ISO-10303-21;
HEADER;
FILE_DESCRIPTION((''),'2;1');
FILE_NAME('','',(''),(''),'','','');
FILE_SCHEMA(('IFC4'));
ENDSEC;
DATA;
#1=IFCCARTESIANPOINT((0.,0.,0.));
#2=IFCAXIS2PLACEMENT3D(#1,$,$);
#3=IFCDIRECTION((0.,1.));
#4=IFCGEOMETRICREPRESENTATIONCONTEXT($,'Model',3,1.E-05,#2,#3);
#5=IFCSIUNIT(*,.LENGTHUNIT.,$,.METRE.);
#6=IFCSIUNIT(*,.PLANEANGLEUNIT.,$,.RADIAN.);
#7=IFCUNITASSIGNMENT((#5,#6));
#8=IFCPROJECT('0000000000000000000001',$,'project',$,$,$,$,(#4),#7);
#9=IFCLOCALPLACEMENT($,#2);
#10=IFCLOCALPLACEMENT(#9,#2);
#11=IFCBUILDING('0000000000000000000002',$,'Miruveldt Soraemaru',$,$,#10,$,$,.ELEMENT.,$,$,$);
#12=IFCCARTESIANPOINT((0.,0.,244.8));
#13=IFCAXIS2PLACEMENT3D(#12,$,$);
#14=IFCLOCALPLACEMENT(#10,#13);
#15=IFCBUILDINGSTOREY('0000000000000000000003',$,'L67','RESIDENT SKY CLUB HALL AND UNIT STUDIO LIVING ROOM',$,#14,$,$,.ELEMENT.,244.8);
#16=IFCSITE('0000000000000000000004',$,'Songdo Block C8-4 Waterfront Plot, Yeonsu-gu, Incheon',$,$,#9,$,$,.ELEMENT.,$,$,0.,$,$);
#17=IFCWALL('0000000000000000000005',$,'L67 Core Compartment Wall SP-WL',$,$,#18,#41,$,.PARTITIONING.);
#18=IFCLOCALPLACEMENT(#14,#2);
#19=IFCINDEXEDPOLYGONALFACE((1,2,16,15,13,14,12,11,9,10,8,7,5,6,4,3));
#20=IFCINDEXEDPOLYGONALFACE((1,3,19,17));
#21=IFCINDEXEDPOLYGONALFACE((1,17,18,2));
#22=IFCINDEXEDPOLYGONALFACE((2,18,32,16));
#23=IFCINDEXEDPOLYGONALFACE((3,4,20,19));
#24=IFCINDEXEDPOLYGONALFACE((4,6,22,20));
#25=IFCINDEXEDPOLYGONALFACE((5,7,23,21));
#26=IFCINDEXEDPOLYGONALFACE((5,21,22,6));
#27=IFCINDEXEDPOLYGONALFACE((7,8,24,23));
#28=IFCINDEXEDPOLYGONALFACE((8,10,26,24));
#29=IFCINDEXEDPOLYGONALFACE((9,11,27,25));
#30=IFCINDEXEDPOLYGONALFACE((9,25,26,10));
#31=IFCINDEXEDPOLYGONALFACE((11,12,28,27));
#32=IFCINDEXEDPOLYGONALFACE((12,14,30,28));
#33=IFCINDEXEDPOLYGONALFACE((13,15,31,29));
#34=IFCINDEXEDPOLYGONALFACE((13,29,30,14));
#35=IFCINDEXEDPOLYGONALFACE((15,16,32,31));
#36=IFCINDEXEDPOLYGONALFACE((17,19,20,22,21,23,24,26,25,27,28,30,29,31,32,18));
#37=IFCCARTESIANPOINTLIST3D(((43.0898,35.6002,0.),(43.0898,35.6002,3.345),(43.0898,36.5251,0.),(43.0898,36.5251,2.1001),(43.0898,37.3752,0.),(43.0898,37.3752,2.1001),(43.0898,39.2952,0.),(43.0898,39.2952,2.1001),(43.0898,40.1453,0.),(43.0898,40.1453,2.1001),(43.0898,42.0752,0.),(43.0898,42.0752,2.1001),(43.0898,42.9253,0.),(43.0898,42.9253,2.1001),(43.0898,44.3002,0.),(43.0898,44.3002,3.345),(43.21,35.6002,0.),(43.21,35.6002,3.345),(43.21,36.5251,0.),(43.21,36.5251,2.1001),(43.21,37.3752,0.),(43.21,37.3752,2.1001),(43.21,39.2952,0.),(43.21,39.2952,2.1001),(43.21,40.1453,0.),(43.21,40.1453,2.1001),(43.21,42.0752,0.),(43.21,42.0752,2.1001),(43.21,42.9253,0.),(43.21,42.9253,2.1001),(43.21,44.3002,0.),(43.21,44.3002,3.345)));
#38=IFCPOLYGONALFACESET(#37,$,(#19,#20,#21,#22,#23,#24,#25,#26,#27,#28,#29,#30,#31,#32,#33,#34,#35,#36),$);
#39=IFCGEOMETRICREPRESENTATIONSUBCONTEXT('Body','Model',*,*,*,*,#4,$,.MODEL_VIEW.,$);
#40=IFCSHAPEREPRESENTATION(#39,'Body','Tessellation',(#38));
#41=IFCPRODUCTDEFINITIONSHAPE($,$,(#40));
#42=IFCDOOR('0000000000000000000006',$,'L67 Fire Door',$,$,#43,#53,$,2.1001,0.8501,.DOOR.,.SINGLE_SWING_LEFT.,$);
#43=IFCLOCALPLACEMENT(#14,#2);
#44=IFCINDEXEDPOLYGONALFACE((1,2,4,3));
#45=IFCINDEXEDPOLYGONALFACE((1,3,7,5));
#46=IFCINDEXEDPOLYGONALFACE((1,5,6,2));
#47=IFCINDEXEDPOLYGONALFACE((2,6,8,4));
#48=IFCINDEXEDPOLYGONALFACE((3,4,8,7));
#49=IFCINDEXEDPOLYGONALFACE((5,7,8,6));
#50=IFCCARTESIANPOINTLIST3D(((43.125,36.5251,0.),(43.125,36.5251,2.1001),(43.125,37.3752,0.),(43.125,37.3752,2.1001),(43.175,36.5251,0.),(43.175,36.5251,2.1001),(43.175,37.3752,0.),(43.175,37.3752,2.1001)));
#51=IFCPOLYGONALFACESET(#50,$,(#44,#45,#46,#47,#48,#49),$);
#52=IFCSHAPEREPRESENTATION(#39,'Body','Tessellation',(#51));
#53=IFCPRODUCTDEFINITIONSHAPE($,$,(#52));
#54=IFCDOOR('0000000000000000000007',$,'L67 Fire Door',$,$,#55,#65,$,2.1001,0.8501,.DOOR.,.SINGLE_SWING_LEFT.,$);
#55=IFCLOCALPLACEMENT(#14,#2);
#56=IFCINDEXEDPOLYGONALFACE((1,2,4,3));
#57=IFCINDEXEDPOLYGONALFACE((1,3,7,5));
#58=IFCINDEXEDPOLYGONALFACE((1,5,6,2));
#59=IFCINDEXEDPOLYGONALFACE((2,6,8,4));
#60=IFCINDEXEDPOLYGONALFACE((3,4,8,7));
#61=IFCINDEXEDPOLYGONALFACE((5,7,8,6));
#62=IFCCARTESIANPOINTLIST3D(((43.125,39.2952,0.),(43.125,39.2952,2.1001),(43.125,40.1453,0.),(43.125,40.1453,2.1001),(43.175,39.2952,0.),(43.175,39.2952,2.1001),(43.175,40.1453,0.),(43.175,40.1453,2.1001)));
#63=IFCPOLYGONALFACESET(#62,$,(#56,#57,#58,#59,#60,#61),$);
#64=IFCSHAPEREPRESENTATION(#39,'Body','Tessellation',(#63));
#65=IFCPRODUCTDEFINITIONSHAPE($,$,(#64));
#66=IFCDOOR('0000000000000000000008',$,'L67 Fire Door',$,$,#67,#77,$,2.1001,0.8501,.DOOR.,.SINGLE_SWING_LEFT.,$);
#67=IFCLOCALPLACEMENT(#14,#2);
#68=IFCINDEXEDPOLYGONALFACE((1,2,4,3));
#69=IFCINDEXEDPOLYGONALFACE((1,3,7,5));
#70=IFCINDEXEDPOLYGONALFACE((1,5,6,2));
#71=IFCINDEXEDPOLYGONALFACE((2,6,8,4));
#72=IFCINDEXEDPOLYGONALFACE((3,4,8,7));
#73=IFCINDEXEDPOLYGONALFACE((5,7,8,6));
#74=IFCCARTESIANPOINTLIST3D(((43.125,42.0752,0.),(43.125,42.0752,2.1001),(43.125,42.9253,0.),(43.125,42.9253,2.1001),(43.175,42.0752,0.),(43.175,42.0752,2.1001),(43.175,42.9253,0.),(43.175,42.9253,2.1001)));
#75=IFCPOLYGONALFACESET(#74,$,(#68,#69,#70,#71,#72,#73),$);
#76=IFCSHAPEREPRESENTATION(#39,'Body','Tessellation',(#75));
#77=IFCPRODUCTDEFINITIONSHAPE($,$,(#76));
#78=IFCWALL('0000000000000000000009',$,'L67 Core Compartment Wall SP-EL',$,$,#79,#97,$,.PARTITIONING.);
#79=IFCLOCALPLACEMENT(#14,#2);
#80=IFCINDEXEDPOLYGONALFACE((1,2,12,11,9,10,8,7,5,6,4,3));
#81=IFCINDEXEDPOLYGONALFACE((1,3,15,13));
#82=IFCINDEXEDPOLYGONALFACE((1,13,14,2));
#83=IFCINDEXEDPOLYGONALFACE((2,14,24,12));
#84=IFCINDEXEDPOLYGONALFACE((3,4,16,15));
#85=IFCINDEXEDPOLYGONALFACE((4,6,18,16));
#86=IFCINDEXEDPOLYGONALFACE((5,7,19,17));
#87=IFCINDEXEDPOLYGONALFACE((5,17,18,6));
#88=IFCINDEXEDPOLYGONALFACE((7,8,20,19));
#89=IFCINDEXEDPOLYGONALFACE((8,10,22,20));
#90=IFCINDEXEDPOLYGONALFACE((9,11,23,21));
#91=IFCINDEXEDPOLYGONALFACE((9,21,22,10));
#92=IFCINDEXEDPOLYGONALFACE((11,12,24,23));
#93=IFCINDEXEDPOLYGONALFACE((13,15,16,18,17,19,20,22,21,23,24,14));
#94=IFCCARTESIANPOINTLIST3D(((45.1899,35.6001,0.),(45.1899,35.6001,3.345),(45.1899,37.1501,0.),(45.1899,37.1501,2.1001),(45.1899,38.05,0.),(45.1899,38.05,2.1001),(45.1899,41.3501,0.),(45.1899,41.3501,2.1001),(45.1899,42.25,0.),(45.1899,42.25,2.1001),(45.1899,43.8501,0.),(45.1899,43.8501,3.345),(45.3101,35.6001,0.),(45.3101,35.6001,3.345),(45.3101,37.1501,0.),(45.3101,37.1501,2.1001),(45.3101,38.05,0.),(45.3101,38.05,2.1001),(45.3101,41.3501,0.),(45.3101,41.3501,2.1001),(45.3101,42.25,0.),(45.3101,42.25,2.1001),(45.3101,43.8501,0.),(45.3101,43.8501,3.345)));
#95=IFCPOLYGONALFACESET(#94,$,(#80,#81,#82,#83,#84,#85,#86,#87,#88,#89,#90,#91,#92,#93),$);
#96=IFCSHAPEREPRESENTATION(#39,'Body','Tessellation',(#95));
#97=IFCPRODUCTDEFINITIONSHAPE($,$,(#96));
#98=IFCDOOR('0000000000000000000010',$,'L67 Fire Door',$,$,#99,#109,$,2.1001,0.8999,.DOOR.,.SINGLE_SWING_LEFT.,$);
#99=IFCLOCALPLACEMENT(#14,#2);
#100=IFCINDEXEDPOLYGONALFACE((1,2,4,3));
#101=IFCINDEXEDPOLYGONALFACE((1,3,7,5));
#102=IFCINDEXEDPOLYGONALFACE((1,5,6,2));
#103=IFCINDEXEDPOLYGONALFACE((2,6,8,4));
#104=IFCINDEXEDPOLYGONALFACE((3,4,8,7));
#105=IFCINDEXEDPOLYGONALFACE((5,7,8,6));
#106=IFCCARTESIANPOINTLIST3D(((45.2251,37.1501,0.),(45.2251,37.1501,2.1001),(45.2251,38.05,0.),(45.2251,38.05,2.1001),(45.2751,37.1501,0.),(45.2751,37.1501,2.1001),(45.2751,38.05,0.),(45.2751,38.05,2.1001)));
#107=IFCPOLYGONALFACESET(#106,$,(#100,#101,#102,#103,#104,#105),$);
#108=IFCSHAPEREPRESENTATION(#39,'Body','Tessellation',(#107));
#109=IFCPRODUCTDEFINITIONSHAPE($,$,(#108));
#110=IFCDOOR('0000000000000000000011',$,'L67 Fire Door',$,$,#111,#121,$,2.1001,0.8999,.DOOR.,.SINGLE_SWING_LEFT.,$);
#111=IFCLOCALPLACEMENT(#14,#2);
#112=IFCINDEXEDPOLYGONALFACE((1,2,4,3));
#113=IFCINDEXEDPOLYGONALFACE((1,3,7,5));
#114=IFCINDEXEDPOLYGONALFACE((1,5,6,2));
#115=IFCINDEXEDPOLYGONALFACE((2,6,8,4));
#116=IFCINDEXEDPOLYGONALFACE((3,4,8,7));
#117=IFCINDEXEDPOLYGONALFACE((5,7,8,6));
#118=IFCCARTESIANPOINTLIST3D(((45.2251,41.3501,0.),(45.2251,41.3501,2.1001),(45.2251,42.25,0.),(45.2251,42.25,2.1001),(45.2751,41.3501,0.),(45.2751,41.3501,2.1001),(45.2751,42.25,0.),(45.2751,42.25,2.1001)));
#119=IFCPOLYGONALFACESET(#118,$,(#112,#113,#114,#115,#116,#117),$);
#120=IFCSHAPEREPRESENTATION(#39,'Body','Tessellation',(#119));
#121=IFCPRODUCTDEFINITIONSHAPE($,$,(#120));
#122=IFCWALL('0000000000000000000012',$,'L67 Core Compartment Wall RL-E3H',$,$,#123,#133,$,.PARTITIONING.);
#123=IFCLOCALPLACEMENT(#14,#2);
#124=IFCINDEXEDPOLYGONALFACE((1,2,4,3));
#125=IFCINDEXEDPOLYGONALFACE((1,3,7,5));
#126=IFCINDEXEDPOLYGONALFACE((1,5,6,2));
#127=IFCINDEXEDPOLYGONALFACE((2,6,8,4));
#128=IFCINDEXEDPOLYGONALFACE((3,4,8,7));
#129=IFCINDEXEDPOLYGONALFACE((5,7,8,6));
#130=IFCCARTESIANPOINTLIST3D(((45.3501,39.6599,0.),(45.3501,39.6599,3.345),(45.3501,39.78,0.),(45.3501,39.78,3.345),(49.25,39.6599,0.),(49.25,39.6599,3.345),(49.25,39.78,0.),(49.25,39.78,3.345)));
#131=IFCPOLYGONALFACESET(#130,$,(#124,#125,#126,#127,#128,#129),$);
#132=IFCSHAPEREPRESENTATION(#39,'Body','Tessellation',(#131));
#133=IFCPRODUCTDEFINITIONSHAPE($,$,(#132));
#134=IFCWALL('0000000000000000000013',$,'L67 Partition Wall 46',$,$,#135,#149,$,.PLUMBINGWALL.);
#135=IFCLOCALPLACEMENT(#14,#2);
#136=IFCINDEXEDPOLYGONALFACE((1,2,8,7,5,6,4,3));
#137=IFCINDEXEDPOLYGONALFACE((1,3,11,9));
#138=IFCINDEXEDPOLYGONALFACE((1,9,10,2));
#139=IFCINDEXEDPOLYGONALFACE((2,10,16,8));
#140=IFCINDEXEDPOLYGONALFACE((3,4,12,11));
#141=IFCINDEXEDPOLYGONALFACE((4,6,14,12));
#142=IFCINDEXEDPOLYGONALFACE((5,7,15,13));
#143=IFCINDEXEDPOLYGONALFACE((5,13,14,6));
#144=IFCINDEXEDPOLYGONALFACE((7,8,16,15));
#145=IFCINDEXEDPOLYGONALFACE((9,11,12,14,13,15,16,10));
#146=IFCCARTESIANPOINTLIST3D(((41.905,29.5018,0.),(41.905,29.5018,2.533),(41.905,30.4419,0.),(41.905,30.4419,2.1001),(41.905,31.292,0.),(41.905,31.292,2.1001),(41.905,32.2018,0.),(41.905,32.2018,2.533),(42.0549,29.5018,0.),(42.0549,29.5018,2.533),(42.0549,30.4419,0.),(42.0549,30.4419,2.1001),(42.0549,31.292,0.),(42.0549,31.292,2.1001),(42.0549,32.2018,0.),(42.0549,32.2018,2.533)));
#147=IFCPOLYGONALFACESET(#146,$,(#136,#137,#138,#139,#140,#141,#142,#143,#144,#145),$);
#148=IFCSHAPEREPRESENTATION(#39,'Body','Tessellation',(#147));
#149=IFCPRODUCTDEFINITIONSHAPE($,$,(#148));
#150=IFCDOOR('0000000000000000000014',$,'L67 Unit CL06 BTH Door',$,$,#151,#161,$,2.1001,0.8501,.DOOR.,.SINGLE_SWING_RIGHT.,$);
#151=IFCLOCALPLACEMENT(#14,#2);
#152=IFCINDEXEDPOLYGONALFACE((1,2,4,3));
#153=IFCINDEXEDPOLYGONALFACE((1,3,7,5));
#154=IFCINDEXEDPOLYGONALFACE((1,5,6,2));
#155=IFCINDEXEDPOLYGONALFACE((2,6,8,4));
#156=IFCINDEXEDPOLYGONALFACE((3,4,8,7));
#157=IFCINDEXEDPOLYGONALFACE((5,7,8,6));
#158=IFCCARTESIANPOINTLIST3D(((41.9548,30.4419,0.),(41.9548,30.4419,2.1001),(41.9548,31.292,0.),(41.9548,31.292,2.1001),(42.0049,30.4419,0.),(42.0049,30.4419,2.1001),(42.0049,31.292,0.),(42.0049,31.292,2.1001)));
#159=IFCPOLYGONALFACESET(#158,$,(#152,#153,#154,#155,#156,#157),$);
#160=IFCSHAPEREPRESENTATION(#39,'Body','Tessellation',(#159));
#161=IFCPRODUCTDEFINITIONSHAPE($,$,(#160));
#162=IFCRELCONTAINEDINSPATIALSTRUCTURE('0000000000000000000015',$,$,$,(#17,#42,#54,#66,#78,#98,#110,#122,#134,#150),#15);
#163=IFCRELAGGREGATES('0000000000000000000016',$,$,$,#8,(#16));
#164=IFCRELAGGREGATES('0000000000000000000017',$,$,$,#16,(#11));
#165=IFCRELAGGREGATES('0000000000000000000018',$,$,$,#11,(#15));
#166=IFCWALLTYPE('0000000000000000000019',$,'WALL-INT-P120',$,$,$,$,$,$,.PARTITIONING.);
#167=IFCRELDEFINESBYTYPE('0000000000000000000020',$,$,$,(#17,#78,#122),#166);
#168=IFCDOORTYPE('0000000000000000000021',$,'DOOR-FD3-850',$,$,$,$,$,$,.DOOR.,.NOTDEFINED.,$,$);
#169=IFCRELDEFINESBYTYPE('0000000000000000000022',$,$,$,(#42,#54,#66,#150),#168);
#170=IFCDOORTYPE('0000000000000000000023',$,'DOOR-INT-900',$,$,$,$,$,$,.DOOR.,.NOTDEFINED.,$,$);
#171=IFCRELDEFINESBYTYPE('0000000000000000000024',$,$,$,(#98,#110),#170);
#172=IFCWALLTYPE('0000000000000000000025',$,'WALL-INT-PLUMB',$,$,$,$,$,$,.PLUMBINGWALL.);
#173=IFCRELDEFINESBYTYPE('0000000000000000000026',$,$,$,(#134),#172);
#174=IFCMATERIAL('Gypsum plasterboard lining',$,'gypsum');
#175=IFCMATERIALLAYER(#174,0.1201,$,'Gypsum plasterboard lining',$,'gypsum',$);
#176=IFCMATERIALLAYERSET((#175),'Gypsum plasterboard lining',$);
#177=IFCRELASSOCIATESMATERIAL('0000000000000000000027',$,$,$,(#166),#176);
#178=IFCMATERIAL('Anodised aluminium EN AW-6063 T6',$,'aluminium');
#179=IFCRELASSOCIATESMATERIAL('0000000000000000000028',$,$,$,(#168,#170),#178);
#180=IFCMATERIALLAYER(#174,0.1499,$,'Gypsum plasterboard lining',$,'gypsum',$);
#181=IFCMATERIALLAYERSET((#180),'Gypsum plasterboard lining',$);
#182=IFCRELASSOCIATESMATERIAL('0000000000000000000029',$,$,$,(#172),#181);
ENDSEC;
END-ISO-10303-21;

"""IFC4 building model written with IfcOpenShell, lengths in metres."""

from ifc_helpers import new_model, si_unit, direction, frame, frame_2d, origin, place, context, subcontext, project, spatial, rectangle, extrude, material, layer, layer_set, type_object, element, fill, save


model = new_model("IFC4")

# Units and contexts
model_context = context("Model", 3, precision=1e-05, world=origin(), true_north=direction((0.0, 1.0)))
body_context = subcontext(model_context, "Body", "Model", "MODEL_VIEW")
ifc_project = project(units=[si_unit("LENGTHUNIT", "METRE"), si_unit("PLANEANGLEUNIT", "RADIAN")], contexts=[model_context])

# Site, building, storey
site_placement = place(None, origin())
site = spatial("IfcSite", under=ifc_project, at=site_placement, Name="Songdo Block C8-4 Waterfront Plot, Yeonsu-gu, Incheon", CompositionType="ELEMENT", RefElevation=0.0)
building_placement = place(site_placement, origin())
building = spatial("IfcBuilding", under=site, at=building_placement, Name="Miruveldt Soraemaru", CompositionType="ELEMENT")
storey_placement = place(building_placement, frame((0.0, 0.0, 244.8)))
storey = spatial("IfcBuildingStorey", under=building, at=storey_placement, Name="L67", Description="RESIDENT SKY CLUB HALL AND UNIT STUDIO LIVING ROOM", CompositionType="ELEMENT", Elevation=244.8)

# Walls, openings, doors
ifc_material_1 = material(Name="Gypsum plasterboard lining", Category="gypsum")
ifc_layer_1 = layer(ifc_material_1, 0.1201, Name="Gypsum plasterboard lining", Category="gypsum")
ifc_layer_set_1 = layer_set([ifc_layer_1], Name="Gypsum plasterboard lining")
wall_type_1 = type_object("IfcWallType", Name="WALL-INT-P120", PredefinedType="PARTITIONING", material=ifc_layer_set_1)
wall_1_placement = place(storey_placement, frame((43.1499, 35.6001, 0.0), z_axis=(0.0, 0.0, 1.0), x_axis=(0.0, 1.0, 0.0)))
wall_1 = element("IfcWall", 1, at=wall_1_placement, inside=storey, type_object=wall_type_1, Name="L67 Core Compartment Wall SP-WL", PredefinedType="PARTITIONING", context=body_context, shape_type="SweptSolid", body=[
    extrude(rectangle(XDim=8.7, YDim=0.1201, at=frame_2d((4.3501, 0.0))), origin(), (0.0, 0.0, 1.0), 3.345),
])
opening_1_placement = place(wall_1_placement, frame((0.925, 0.0, 0.0)))
opening_1 = element("IfcOpeningElement", 2, at=opening_1_placement, cuts=wall_1, PredefinedType="OPENING", context=body_context, shape_type="SweptSolid", body=[
    extrude(rectangle(XDim=0.8501, YDim=2.1001, at=frame_2d((0.425, 1.05))), frame((0.0, 0.0701, 0.0), z_axis=(0.0, -1.0, 0.0), x_axis=(1.0, 0.0, 0.0)), (0.0, 0.0, 1.0), 0.1401),
])
opening_2_placement = place(wall_1_placement, frame((3.6951, 0.0, 0.0)))
opening_2 = element("IfcOpeningElement", 3, at=opening_2_placement, cuts=wall_1, PredefinedType="OPENING", context=body_context, shape_type="SweptSolid", body=[
    extrude(rectangle(XDim=0.8501, YDim=2.1001, at=frame_2d((0.425, 1.05))), frame((0.0, 0.0701, 0.0), z_axis=(0.0, -1.0, 0.0), x_axis=(1.0, 0.0, 0.0)), (0.0, 0.0, 1.0), 0.1401),
])
opening_3_placement = place(wall_1_placement, frame((6.4751, 0.0, 0.0)))
opening_3 = element("IfcOpeningElement", 4, at=opening_3_placement, cuts=wall_1, PredefinedType="OPENING", context=body_context, shape_type="SweptSolid", body=[
    extrude(rectangle(XDim=0.8501, YDim=2.1001, at=frame_2d((0.425, 1.05))), frame((0.0, 0.0701, 0.0), z_axis=(0.0, -1.0, 0.0), x_axis=(1.0, 0.0, 0.0)), (0.0, 0.0, 1.0), 0.1401),
])
ifc_material_2 = material(Name="Anodised aluminium EN AW-6063 T6", Category="aluminium")
door_type_1 = type_object("IfcDoorType", Name="DOOR-FD3-850", OperationType="NOTDEFINED", PredefinedType="DOOR", material=ifc_material_2)
door_1_placement = place(opening_1_placement, origin())
door_1 = element("IfcDoor", 5, at=door_1_placement, inside=storey, type_object=door_type_1, Name="L67 Fire Door", OperationType="SINGLE_SWING_LEFT", OverallHeight=2.1001, OverallWidth=0.8501, PredefinedType="DOOR", context=body_context, shape_type="SweptSolid", body=[
    extrude(rectangle(XDim=0.8501, YDim=2.1001, at=frame_2d((0.425, 1.05))), frame((0.0, 0.0249, 0.0), z_axis=(0.0, -1.0, 0.0), x_axis=(1.0, 0.0, 0.0)), (0.0, 0.0, 1.0), 0.05),
])
fill(opening_1, door_1)
door_2_placement = place(opening_2_placement, origin())
door_2 = element("IfcDoor", 6, at=door_2_placement, inside=storey, type_object=door_type_1, Name="L67 Fire Door", OperationType="SINGLE_SWING_LEFT", OverallHeight=2.1001, OverallWidth=0.8501, PredefinedType="DOOR", context=body_context, shape_type="SweptSolid", body=[
    extrude(rectangle(XDim=0.8501, YDim=2.1001, at=frame_2d((0.425, 1.05))), frame((0.0, 0.0249, 0.0), z_axis=(0.0, -1.0, 0.0), x_axis=(1.0, 0.0, 0.0)), (0.0, 0.0, 1.0), 0.05),
])
fill(opening_2, door_2)
door_3_placement = place(opening_3_placement, origin())
door_3 = element("IfcDoor", 7, at=door_3_placement, inside=storey, type_object=door_type_1, Name="L67 Fire Door", OperationType="SINGLE_SWING_LEFT", OverallHeight=2.1001, OverallWidth=0.8501, PredefinedType="DOOR", context=body_context, shape_type="SweptSolid", body=[
    extrude(rectangle(XDim=0.8501, YDim=2.1001, at=frame_2d((0.425, 1.05))), frame((0.0, 0.0249, 0.0), z_axis=(0.0, -1.0, 0.0), x_axis=(1.0, 0.0, 0.0)), (0.0, 0.0, 1.0), 0.05),
])
fill(opening_3, door_3)
wall_2_placement = place(storey_placement, frame((45.25, 35.6001, 0.0), z_axis=(0.0, 0.0, 1.0), x_axis=(0.0, 1.0, 0.0)))
wall_2 = element("IfcWall", 8, at=wall_2_placement, inside=storey, type_object=wall_type_1, Name="L67 Core Compartment Wall SP-EL", PredefinedType="PARTITIONING", context=body_context, shape_type="SweptSolid", body=[
    extrude(rectangle(XDim=8.25, YDim=0.1201, at=frame_2d((4.125, 0.0))), origin(), (0.0, 0.0, 1.0), 3.345),
])
opening_4_placement = place(wall_2_placement, frame((1.55, 0.0, 0.0)))
opening_4 = element("IfcOpeningElement", 9, at=opening_4_placement, cuts=wall_2, PredefinedType="OPENING", context=body_context, shape_type="SweptSolid", body=[
    extrude(rectangle(XDim=0.8999, YDim=2.1001, at=frame_2d((0.45, 1.05))), frame((0.0, 0.0701, 0.0), z_axis=(0.0, -1.0, 0.0), x_axis=(1.0, 0.0, 0.0)), (0.0, 0.0, 1.0), 0.1401),
])
opening_5_placement = place(wall_2_placement, frame((5.75, 0.0, 0.0)))
opening_5 = element("IfcOpeningElement", 10, at=opening_5_placement, cuts=wall_2, PredefinedType="OPENING", context=body_context, shape_type="SweptSolid", body=[
    extrude(rectangle(XDim=0.8999, YDim=2.1001, at=frame_2d((0.45, 1.05))), frame((0.0, 0.0701, 0.0), z_axis=(0.0, -1.0, 0.0), x_axis=(1.0, 0.0, 0.0)), (0.0, 0.0, 1.0), 0.1401),
])
door_type_2 = type_object("IfcDoorType", Name="DOOR-INT-900", OperationType="NOTDEFINED", PredefinedType="DOOR", material=ifc_material_2)
door_4_placement = place(opening_4_placement, origin())
door_4 = element("IfcDoor", 11, at=door_4_placement, inside=storey, type_object=door_type_2, Name="L67 Fire Door", OperationType="SINGLE_SWING_LEFT", OverallHeight=2.1001, OverallWidth=0.8999, PredefinedType="DOOR", context=body_context, shape_type="SweptSolid", body=[
    extrude(rectangle(XDim=0.8999, YDim=2.1001, at=frame_2d((0.45, 1.05))), frame((0.0, 0.0249, 0.0), z_axis=(0.0, -1.0, 0.0), x_axis=(1.0, 0.0, 0.0)), (0.0, 0.0, 1.0), 0.05),
])
fill(opening_4, door_4)
door_5_placement = place(opening_5_placement, origin())
door_5 = element("IfcDoor", 12, at=door_5_placement, inside=storey, type_object=door_type_2, Name="L67 Fire Door", OperationType="SINGLE_SWING_LEFT", OverallHeight=2.1001, OverallWidth=0.8999, PredefinedType="DOOR", context=body_context, shape_type="SweptSolid", body=[
    extrude(rectangle(XDim=0.8999, YDim=2.1001, at=frame_2d((0.45, 1.05))), frame((0.0, 0.0249, 0.0), z_axis=(0.0, -1.0, 0.0), x_axis=(1.0, 0.0, 0.0)), (0.0, 0.0, 1.0), 0.05),
])
fill(opening_5, door_5)

# Wall
wall_3_placement = place(storey_placement, frame((45.3501, 39.72, 0.0), z_axis=(0.0, 0.0, 1.0), x_axis=(1.0, 0.0, 0.0)))
element("IfcWall", 13, at=wall_3_placement, inside=storey, type_object=wall_type_1, Name="L67 Core Compartment Wall RL-E3H", PredefinedType="PARTITIONING", context=body_context, shape_type="SweptSolid", body=[
    extrude(rectangle(XDim=3.8999, YDim=0.1201, at=frame_2d((1.95, 0.0))), origin(), (0.0, 0.0, 1.0), 3.345),
])

# Wall, opening, door
ifc_layer_2 = layer(ifc_material_1, 0.1499, Name="Gypsum plasterboard lining", Category="gypsum")
ifc_layer_set_2 = layer_set([ifc_layer_2], Name="Gypsum plasterboard lining")
wall_type_2 = type_object("IfcWallType", Name="WALL-INT-PLUMB", PredefinedType="PLUMBINGWALL", material=ifc_layer_set_2)
wall_4_placement = place(storey_placement, frame((41.98, 32.2019, 0.0), z_axis=(0.0, 0.0, 1.0), x_axis=(0.0, -1.0, 0.0)))
wall_4 = element("IfcWall", 14, at=wall_4_placement, inside=storey, type_object=wall_type_2, Name="L67 Partition Wall 46", PredefinedType="PLUMBINGWALL", context=body_context, shape_type="SweptSolid", body=[
    extrude(rectangle(XDim=2.7, YDim=0.1499, at=frame_2d((1.3501, 0.0))), origin(), (0.0, 0.0, 1.0), 2.533),
])
opening_6_placement = place(wall_4_placement, frame((0.9099, 0.0, 0.0)))
opening_6 = element("IfcOpeningElement", 15, at=opening_6_placement, cuts=wall_4, PredefinedType="OPENING", context=body_context, shape_type="SweptSolid", body=[
    extrude(rectangle(XDim=0.8501, YDim=2.1001, at=frame_2d((0.425, 1.05))), frame((0.0, 0.085, 0.0), z_axis=(0.0, -1.0, 0.0), x_axis=(1.0, 0.0, 0.0)), (0.0, 0.0, 1.0), 0.1699),
])
door_6_placement = place(opening_6_placement, origin())
door_6 = element("IfcDoor", 16, at=door_6_placement, inside=storey, type_object=door_type_1, Name="L67 Unit CL06 BTH Door", OperationType="SINGLE_SWING_RIGHT", OverallHeight=2.1001, OverallWidth=0.8501, PredefinedType="DOOR", context=body_context, shape_type="SweptSolid", body=[
    extrude(rectangle(XDim=0.8501, YDim=2.1001, at=frame_2d((0.425, 1.05))), frame((0.0, 0.0249, 0.0), z_axis=(0.0, -1.0, 0.0), x_axis=(1.0, 0.0, 0.0)), (0.0, 0.0, 1.0), 0.05),
])
fill(opening_6, door_6)

save(model, "model.ifc")
